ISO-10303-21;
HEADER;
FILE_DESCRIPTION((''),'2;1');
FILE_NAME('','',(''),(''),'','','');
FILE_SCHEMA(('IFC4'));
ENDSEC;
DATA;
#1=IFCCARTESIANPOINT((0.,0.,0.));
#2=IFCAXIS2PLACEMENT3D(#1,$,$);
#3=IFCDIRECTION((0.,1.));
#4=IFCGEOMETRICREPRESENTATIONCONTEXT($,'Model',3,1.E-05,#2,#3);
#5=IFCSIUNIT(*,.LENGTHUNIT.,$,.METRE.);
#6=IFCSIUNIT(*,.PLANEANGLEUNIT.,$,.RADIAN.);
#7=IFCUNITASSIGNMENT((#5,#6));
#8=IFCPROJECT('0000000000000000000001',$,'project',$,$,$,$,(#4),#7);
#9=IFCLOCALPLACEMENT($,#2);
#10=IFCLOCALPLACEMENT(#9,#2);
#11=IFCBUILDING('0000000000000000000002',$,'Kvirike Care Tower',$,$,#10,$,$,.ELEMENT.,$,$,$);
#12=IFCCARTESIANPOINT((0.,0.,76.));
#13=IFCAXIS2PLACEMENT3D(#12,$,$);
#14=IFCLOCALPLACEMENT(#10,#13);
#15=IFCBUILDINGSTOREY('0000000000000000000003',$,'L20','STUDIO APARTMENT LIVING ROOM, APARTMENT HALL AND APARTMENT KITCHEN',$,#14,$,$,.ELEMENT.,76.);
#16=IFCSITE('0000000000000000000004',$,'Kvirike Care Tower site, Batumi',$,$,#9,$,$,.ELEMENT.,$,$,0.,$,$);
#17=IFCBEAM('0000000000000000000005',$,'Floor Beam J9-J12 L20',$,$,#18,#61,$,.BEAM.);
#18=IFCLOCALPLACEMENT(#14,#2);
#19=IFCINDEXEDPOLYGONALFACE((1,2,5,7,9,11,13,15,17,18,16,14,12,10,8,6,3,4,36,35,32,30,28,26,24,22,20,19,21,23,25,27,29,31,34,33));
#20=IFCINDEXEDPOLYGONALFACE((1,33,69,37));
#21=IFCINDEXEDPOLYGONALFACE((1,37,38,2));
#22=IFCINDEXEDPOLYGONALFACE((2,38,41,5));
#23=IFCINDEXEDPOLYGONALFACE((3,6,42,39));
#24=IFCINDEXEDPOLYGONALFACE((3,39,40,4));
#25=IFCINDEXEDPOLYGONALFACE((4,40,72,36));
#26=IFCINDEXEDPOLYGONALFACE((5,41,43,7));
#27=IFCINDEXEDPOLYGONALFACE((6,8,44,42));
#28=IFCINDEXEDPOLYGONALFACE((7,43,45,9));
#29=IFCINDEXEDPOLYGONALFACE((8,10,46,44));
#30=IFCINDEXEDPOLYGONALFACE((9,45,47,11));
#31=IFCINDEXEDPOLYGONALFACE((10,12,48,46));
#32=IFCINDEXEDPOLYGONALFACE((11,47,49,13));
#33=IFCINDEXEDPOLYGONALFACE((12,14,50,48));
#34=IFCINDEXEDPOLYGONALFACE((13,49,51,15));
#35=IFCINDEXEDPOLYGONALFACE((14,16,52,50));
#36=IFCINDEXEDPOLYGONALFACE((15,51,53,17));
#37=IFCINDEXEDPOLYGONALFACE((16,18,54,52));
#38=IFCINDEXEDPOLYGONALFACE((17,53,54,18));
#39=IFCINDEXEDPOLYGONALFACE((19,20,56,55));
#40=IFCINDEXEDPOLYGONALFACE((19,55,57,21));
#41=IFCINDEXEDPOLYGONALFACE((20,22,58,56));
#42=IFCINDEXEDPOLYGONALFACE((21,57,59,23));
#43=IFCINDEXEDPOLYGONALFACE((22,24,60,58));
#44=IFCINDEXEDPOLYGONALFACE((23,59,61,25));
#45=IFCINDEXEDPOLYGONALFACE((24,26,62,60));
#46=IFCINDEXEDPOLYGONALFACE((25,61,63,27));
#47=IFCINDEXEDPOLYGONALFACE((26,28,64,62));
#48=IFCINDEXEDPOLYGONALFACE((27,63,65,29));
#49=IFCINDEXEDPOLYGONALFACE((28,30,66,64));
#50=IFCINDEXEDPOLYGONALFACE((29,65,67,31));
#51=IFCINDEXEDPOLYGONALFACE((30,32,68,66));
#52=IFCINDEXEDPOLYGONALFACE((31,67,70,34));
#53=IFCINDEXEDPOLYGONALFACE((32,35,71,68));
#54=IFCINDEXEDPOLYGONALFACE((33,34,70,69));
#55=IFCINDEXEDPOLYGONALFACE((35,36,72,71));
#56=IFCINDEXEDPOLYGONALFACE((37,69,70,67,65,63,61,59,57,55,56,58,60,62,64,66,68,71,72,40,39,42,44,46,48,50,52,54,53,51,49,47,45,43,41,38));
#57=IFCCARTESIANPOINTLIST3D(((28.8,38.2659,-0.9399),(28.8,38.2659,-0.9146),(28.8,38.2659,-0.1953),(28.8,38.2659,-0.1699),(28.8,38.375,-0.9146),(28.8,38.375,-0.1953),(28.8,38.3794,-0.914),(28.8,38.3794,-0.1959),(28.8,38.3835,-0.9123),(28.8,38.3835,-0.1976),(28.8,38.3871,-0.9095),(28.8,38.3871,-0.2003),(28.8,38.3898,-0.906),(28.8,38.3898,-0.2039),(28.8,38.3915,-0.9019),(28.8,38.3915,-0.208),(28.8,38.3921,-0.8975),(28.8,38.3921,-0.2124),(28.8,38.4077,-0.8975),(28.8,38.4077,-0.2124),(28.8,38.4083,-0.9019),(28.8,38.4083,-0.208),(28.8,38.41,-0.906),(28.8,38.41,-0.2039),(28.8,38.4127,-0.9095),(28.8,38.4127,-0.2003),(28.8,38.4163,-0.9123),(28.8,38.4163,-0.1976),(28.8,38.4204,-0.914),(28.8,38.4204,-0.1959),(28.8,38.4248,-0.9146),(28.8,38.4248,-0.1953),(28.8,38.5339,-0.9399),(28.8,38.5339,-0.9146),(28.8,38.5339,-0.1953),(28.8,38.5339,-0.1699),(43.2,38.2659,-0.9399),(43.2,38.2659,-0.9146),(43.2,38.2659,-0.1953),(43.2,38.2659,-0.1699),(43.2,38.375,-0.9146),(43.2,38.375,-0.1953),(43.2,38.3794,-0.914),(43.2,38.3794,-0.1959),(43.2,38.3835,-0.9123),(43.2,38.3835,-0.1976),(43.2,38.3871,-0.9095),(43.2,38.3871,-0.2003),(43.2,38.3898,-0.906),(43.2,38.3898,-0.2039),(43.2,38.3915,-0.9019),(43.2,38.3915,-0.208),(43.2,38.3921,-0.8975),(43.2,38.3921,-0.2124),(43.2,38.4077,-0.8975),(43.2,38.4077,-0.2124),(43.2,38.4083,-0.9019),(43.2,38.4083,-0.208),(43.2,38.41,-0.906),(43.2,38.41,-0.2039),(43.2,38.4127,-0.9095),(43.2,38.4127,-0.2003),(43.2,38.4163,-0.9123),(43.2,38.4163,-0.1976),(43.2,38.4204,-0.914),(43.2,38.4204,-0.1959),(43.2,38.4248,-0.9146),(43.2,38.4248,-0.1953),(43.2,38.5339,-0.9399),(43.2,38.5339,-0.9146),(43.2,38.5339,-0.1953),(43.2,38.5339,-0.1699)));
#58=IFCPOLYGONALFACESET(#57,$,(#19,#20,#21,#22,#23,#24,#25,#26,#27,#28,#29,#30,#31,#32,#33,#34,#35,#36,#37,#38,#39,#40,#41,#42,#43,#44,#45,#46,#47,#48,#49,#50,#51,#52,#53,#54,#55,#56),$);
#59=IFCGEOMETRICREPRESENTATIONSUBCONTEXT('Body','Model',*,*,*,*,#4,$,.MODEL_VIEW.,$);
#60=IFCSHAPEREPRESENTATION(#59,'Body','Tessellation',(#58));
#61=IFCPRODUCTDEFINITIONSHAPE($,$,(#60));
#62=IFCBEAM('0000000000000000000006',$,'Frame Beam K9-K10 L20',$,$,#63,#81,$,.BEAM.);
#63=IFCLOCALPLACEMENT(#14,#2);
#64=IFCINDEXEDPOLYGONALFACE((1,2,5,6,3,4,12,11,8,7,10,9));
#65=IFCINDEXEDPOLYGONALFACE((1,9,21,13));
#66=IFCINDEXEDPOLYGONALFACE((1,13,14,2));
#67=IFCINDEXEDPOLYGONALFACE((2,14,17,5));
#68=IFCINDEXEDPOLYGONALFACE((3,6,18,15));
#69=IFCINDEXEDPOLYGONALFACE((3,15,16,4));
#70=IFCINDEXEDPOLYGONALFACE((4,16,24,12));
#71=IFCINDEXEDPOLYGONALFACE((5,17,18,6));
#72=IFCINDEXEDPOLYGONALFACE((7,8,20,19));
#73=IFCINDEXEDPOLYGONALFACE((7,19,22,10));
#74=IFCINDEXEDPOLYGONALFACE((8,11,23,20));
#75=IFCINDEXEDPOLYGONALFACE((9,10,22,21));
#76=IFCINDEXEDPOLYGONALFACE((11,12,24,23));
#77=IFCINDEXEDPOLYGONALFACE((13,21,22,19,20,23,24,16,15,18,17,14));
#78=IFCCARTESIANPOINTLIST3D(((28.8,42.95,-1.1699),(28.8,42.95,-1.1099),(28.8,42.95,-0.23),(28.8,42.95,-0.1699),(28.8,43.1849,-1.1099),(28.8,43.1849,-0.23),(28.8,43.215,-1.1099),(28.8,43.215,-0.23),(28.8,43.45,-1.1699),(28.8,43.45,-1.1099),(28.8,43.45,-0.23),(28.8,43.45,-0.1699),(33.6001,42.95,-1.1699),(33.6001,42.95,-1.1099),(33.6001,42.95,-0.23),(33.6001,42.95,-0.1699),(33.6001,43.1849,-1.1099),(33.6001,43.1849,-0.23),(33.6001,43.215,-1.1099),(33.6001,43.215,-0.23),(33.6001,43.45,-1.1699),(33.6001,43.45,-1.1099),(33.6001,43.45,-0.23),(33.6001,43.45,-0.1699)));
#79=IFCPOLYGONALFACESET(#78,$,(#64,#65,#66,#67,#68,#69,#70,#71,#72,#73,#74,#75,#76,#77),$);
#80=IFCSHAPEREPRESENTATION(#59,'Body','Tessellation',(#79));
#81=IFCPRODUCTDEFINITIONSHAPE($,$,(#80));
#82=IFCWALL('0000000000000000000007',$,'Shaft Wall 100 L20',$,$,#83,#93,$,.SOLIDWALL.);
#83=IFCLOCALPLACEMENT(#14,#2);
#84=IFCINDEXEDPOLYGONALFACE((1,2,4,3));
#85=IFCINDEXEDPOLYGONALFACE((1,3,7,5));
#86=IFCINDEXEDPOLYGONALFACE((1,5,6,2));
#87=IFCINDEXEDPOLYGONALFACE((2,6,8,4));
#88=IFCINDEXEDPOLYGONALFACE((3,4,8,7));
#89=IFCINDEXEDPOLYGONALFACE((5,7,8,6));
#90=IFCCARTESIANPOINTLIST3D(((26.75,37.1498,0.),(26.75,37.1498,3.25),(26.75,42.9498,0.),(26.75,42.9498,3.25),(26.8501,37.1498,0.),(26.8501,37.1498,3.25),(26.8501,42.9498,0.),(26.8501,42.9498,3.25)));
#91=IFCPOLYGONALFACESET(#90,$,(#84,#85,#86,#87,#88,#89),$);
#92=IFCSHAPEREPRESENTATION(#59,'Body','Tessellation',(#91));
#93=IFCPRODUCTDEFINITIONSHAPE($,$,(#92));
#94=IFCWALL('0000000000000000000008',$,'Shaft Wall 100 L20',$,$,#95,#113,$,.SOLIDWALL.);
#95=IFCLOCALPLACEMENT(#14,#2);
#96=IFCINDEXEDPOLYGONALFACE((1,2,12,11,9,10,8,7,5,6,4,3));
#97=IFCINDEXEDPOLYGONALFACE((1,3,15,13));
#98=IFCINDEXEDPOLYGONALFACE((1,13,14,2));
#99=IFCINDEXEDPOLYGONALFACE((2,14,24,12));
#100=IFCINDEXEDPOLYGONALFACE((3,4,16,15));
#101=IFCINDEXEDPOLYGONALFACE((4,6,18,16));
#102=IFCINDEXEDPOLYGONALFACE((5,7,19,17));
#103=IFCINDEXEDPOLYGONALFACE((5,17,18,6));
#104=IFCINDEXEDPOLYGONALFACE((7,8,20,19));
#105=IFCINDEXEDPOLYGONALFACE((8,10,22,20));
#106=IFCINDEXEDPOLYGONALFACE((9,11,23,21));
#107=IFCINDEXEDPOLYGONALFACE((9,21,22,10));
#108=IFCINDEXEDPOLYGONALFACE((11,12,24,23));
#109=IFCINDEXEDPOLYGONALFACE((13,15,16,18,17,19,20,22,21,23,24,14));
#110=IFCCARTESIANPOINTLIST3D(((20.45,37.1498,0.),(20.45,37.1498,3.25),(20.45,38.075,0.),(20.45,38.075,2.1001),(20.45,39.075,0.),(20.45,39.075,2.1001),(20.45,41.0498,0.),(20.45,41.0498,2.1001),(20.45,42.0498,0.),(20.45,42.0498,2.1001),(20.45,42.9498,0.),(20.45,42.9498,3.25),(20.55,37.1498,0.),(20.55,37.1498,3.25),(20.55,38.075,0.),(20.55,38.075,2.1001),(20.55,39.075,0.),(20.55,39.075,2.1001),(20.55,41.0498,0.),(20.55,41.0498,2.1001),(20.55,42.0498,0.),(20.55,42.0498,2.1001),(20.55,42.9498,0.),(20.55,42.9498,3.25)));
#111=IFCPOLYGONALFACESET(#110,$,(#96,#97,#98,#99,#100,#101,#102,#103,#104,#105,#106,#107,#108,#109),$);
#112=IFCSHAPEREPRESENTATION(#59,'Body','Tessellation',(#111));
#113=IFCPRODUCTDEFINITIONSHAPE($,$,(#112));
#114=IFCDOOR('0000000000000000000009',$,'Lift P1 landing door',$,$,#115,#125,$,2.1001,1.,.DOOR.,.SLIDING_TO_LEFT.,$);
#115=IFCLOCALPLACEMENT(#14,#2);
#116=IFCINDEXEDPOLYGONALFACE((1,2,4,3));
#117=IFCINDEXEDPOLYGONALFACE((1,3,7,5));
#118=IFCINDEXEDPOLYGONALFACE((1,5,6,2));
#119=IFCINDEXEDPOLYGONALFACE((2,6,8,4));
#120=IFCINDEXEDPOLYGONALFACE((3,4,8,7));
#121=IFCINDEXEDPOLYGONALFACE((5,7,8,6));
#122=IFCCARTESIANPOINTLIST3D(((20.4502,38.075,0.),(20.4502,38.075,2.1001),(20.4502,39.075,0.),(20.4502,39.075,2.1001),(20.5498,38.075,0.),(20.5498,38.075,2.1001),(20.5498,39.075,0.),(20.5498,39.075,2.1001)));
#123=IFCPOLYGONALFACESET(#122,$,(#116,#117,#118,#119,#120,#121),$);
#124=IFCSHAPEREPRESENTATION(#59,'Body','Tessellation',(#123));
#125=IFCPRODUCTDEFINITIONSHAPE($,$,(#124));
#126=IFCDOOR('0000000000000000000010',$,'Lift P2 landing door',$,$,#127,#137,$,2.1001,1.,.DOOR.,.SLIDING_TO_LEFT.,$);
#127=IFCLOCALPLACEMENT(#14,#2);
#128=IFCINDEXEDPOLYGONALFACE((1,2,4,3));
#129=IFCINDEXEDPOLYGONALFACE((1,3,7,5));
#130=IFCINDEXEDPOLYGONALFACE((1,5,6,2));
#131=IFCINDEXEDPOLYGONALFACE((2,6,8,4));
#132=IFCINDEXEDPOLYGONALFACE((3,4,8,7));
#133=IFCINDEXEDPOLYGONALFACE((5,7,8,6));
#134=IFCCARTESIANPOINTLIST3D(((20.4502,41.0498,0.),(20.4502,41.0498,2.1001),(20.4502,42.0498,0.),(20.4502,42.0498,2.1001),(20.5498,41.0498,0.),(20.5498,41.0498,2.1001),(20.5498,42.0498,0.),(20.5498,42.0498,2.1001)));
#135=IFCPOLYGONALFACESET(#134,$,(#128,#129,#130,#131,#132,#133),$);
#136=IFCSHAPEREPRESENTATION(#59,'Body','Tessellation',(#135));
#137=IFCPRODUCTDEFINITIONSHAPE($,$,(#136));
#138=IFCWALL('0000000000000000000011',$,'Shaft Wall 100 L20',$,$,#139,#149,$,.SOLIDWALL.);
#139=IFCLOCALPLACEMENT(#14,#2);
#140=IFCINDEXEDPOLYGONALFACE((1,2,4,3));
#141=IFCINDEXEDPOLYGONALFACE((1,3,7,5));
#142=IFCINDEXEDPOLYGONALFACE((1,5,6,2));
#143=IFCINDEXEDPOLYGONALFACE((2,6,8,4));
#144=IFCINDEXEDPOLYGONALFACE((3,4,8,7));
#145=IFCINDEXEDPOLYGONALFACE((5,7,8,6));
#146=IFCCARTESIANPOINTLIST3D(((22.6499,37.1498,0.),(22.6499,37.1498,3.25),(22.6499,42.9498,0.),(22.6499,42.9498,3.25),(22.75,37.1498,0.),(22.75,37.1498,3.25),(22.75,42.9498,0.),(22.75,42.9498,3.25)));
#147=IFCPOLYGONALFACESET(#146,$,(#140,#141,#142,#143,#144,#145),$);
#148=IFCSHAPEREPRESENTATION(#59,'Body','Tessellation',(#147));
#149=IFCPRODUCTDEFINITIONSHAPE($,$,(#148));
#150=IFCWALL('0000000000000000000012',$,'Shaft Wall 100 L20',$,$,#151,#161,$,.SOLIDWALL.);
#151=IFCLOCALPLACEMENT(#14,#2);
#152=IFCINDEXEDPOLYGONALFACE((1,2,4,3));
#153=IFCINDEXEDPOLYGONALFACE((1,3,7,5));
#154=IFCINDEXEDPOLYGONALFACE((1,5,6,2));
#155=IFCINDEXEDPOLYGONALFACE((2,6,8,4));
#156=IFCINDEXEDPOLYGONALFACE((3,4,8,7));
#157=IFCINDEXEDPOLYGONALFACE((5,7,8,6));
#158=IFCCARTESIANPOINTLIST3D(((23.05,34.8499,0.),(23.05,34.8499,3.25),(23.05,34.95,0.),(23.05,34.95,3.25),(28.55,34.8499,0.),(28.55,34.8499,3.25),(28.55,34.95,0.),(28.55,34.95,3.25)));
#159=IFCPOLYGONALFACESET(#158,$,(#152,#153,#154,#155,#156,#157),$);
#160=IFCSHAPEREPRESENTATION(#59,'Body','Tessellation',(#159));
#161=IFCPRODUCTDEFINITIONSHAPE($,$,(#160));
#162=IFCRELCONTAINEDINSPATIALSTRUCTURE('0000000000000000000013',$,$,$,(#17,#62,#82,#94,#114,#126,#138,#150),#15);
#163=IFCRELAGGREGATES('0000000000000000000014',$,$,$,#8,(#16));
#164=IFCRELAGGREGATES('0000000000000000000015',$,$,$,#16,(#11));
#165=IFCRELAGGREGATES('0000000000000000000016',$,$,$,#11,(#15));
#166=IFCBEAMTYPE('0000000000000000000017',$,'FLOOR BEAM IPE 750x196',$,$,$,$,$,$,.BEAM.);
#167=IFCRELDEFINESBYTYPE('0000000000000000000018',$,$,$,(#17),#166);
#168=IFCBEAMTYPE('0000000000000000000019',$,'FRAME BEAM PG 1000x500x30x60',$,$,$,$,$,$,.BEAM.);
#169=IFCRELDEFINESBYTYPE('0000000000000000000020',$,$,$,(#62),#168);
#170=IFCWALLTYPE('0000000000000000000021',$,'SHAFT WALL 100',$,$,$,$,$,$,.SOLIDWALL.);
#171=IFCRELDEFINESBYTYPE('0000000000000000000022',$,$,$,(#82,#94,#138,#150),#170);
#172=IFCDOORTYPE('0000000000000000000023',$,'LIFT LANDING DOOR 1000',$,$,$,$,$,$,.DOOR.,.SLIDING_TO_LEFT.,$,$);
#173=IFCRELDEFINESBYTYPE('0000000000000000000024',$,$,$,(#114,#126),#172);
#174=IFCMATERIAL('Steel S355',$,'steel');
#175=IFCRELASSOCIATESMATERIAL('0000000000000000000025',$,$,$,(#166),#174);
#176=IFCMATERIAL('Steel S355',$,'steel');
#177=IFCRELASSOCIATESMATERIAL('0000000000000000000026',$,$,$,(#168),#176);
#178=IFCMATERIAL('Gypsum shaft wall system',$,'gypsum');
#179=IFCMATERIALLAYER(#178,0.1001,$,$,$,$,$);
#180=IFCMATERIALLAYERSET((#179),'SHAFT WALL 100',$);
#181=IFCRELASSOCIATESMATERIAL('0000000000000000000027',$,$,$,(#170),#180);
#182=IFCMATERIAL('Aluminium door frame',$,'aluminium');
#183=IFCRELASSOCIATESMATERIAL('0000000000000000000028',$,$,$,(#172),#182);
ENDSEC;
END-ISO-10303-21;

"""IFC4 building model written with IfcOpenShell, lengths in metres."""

from ifc_helpers import new_model, si_unit, direction, frame, frame_2d, origin, origin_2d, place, context, subcontext, project, spatial, rectangle, i_section, extrude, material, layer, layer_set, material_profile, profile_set, type_object, element, fill, save


model = new_model("IFC4")

# Units and contexts
model_context = context("Model", 3, precision=1e-05, world=origin(), true_north=direction((0.0, 1.0)))
body_context = subcontext(model_context, "Body", "Model", "MODEL_VIEW")
ifc_project = project(units=[si_unit("LENGTHUNIT", "METRE"), si_unit("PLANEANGLEUNIT", "RADIAN")], contexts=[model_context])

# Site, building, storey
site_placement = place(None, origin())
site = spatial("IfcSite", under=ifc_project, at=site_placement, Name="Kvirike Care Tower site, Batumi", CompositionType="ELEMENT", RefElevation=0.0)
building_placement = place(site_placement, origin())
building = spatial("IfcBuilding", under=site, at=building_placement, Name="Kvirike Care Tower", CompositionType="ELEMENT")
storey_placement = place(building_placement, frame((0.0, 0.0, 76.0)))
storey = spatial("IfcBuildingStorey", under=building, at=storey_placement, Name="L20", Description="STUDIO APARTMENT LIVING ROOM, APARTMENT HALL AND APARTMENT KITCHEN", CompositionType="ELEMENT", Elevation=76.0)

# Beams
ifc_material_1 = material(Name="Steel S355", Category="steel")
ifc_material_profile_1 = material_profile(ifc_material_1, i_section(OverallWidth=0.2681, OverallDepth=0.77, WebThickness=0.0156, FlangeThickness=0.0254, FilletRadius=0.0171, at=origin_2d()), Name="IPE 750x196")
ifc_profile_set_1 = profile_set([ifc_material_profile_1], Name="Steel S355")
beam_type_1 = type_object("IfcBeamType", Name="FLOOR BEAM IPE 750x196", PredefinedType="BEAM", material=ifc_profile_set_1)
beam_1_placement = place(storey_placement, frame((28.8, 38.3999, -0.5549), z_axis=(1.0, 0.0, 0.0), x_axis=(0.0, 1.0, 0.0)))
element("IfcBeam", 1, at=beam_1_placement, inside=storey, type_object=beam_type_1, Name="Floor Beam J9-J12 L20", PredefinedType="BEAM", context=body_context, shape_type="SweptSolid", body=[
    extrude(i_section(OverallWidth=0.2681, OverallDepth=0.77, WebThickness=0.0156, FlangeThickness=0.0254, FilletRadius=0.0171, at=origin_2d()), origin(), (0.0, 0.0, 1.0), 14.3999),
])
ifc_material_2 = material(Name="Steel S355", Category="steel")
ifc_material_profile_2 = material_profile(ifc_material_2, i_section(OverallWidth=0.5, OverallDepth=1.0, WebThickness=0.03, FlangeThickness=0.0601, at=origin_2d()), Name="PG 1000x500x30x60")
ifc_profile_set_2 = profile_set([ifc_material_profile_2], Name="Steel S355")
beam_type_2 = type_object("IfcBeamType", Name="FRAME BEAM PG 1000x500x30x60", PredefinedType="BEAM", material=ifc_profile_set_2)
beam_2_placement = place(storey_placement, frame((28.8, 43.2, -0.6699), z_axis=(1.0, 0.0, 0.0), x_axis=(0.0, 1.0, 0.0)))
element("IfcBeam", 2, at=beam_2_placement, inside=storey, type_object=beam_type_2, Name="Frame Beam K9-K10 L20", PredefinedType="BEAM", context=body_context, shape_type="SweptSolid", body=[
    extrude(i_section(OverallWidth=0.5, OverallDepth=1.0, WebThickness=0.03, FlangeThickness=0.0601, at=origin_2d()), origin(), (0.0, 0.0, 1.0), 4.8),
])

# Wall
ifc_material_3 = material(Name="Gypsum shaft wall system", Category="gypsum")
ifc_layer = layer(ifc_material_3, 0.1001)
ifc_layer_set = layer_set([ifc_layer], Name="SHAFT WALL 100")
wall_type = type_object("IfcWallType", Name="SHAFT WALL 100", PredefinedType="SOLIDWALL", material=ifc_layer_set)
wall_1_placement = place(storey_placement, frame((26.8, 37.1499, 0.0), z_axis=(0.0, 0.0, 1.0), x_axis=(0.0, 1.0, 0.0)))
element("IfcWall", 3, at=wall_1_placement, inside=storey, type_object=wall_type, Name="Shaft Wall 100 L20", PredefinedType="SOLIDWALL", context=body_context, shape_type="SweptSolid", body=[
    extrude(rectangle(XDim=5.8, YDim=0.1001, at=frame_2d((2.8999, 0.0))), origin(), (0.0, 0.0, 1.0), 3.25),
])

# Wall, openings, doors
wall_2_placement = place(storey_placement, frame((20.5, 37.1499, 0.0), z_axis=(0.0, 0.0, 1.0), x_axis=(0.0, 1.0, 0.0)))
wall_2 = element("IfcWall", 4, at=wall_2_placement, inside=storey, type_object=wall_type, Name="Shaft Wall 100 L20", PredefinedType="SOLIDWALL", context=body_context, shape_type="SweptSolid", body=[
    extrude(rectangle(XDim=5.8, YDim=0.1001, at=frame_2d((2.8999, 0.0))), origin(), (0.0, 0.0, 1.0), 3.25),
])
opening_1_placement = place(wall_2_placement, frame((0.925, 0.0, 0.0)))
opening_1 = element("IfcOpeningElement", 5, at=opening_1_placement, cuts=wall_2, PredefinedType="OPENING", context=body_context, shape_type="SweptSolid", body=[
    extrude(rectangle(XDim=1.0, YDim=2.1001, at=frame_2d((0.5, 1.05))), frame((0.0, 0.0605, 0.0), z_axis=(0.0, -1.0, 0.0), x_axis=(1.0, 0.0, 0.0)), (0.0, 0.0, 1.0), 0.1211),
])
opening_2_placement = place(wall_2_placement, frame((3.8999, 0.0, 0.0)))
opening_2 = element("IfcOpeningElement", 6, at=opening_2_placement, cuts=wall_2, PredefinedType="OPENING", context=body_context, shape_type="SweptSolid", body=[
    extrude(rectangle(XDim=1.0, YDim=2.1001, at=frame_2d((0.5, 1.05))), frame((0.0, 0.0605, 0.0), z_axis=(0.0, -1.0, 0.0), x_axis=(1.0, 0.0, 0.0)), (0.0, 0.0, 1.0), 0.1211),
])
ifc_material_4 = material(Name="Aluminium door frame", Category="aluminium")
door_type_1 = type_object("IfcDoorType", Name="LIFT LANDING DOOR 1000", OperationType="SLIDING_TO_LEFT", PredefinedType="DOOR", material=ifc_material_4)
door_1_placement = place(opening_1_placement, origin())
door_1 = element("IfcDoor", 7, at=door_1_placement, inside=storey, type_object=door_type_1, Name="Lift P1 landing door", OperationType="SLIDING_TO_LEFT", OverallHeight=2.1001, OverallWidth=1.0, PredefinedType="DOOR", context=body_context, shape_type="SweptSolid", body=[
    extrude(rectangle(XDim=1.0, YDim=2.1001, at=frame_2d((0.5, 1.05))), frame((0.0, 0.0498, 0.0), z_axis=(0.0, -1.0, 0.0), x_axis=(1.0, 0.0, 0.0)), (0.0, 0.0, 1.0), 0.0996),
])
fill(opening_1, door_1)
door_2_placement = place(opening_2_placement, origin())
door_2 = element("IfcDoor", 8, at=door_2_placement, inside=storey, type_object=door_type_1, Name="Lift P2 landing door", OperationType="SLIDING_TO_LEFT", OverallHeight=2.1001, OverallWidth=1.0, PredefinedType="DOOR", context=body_context, shape_type="SweptSolid", body=[
    extrude(rectangle(XDim=1.0, YDim=2.1001, at=frame_2d((0.5, 1.05))), frame((0.0, 0.0498, 0.0), z_axis=(0.0, -1.0, 0.0), x_axis=(1.0, 0.0, 0.0)), (0.0, 0.0, 1.0), 0.0996),
])
fill(opening_2, door_2)

# Walls
wall_3_placement = place(storey_placement, frame((22.7, 37.1499, 0.0), z_axis=(0.0, 0.0, 1.0), x_axis=(0.0, 1.0, 0.0)))
element("IfcWall", 9, at=wall_3_placement, inside=storey, type_object=wall_type, Name="Shaft Wall 100 L20", PredefinedType="SOLIDWALL", context=body_context, shape_type="SweptSolid", body=[
    extrude(rectangle(XDim=5.8, YDim=0.1001, at=frame_2d((2.8999, 0.0))), origin(), (0.0, 0.0, 1.0), 3.25),
])
wall_4_placement = place(storey_placement, frame((23.05, 34.8999, 0.0), z_axis=(0.0, 0.0, 1.0), x_axis=(1.0, 0.0, 0.0)))
element("IfcWall", 10, at=wall_4_placement, inside=storey, type_object=wall_type, Name="Shaft Wall 100 L20", PredefinedType="SOLIDWALL", context=body_context, shape_type="SweptSolid", body=[
    extrude(rectangle(XDim=5.5, YDim=0.1001, at=frame_2d((2.75, 0.0))), origin(), (0.0, 0.0, 1.0), 3.25),
])

save(model, "model.ifc")
